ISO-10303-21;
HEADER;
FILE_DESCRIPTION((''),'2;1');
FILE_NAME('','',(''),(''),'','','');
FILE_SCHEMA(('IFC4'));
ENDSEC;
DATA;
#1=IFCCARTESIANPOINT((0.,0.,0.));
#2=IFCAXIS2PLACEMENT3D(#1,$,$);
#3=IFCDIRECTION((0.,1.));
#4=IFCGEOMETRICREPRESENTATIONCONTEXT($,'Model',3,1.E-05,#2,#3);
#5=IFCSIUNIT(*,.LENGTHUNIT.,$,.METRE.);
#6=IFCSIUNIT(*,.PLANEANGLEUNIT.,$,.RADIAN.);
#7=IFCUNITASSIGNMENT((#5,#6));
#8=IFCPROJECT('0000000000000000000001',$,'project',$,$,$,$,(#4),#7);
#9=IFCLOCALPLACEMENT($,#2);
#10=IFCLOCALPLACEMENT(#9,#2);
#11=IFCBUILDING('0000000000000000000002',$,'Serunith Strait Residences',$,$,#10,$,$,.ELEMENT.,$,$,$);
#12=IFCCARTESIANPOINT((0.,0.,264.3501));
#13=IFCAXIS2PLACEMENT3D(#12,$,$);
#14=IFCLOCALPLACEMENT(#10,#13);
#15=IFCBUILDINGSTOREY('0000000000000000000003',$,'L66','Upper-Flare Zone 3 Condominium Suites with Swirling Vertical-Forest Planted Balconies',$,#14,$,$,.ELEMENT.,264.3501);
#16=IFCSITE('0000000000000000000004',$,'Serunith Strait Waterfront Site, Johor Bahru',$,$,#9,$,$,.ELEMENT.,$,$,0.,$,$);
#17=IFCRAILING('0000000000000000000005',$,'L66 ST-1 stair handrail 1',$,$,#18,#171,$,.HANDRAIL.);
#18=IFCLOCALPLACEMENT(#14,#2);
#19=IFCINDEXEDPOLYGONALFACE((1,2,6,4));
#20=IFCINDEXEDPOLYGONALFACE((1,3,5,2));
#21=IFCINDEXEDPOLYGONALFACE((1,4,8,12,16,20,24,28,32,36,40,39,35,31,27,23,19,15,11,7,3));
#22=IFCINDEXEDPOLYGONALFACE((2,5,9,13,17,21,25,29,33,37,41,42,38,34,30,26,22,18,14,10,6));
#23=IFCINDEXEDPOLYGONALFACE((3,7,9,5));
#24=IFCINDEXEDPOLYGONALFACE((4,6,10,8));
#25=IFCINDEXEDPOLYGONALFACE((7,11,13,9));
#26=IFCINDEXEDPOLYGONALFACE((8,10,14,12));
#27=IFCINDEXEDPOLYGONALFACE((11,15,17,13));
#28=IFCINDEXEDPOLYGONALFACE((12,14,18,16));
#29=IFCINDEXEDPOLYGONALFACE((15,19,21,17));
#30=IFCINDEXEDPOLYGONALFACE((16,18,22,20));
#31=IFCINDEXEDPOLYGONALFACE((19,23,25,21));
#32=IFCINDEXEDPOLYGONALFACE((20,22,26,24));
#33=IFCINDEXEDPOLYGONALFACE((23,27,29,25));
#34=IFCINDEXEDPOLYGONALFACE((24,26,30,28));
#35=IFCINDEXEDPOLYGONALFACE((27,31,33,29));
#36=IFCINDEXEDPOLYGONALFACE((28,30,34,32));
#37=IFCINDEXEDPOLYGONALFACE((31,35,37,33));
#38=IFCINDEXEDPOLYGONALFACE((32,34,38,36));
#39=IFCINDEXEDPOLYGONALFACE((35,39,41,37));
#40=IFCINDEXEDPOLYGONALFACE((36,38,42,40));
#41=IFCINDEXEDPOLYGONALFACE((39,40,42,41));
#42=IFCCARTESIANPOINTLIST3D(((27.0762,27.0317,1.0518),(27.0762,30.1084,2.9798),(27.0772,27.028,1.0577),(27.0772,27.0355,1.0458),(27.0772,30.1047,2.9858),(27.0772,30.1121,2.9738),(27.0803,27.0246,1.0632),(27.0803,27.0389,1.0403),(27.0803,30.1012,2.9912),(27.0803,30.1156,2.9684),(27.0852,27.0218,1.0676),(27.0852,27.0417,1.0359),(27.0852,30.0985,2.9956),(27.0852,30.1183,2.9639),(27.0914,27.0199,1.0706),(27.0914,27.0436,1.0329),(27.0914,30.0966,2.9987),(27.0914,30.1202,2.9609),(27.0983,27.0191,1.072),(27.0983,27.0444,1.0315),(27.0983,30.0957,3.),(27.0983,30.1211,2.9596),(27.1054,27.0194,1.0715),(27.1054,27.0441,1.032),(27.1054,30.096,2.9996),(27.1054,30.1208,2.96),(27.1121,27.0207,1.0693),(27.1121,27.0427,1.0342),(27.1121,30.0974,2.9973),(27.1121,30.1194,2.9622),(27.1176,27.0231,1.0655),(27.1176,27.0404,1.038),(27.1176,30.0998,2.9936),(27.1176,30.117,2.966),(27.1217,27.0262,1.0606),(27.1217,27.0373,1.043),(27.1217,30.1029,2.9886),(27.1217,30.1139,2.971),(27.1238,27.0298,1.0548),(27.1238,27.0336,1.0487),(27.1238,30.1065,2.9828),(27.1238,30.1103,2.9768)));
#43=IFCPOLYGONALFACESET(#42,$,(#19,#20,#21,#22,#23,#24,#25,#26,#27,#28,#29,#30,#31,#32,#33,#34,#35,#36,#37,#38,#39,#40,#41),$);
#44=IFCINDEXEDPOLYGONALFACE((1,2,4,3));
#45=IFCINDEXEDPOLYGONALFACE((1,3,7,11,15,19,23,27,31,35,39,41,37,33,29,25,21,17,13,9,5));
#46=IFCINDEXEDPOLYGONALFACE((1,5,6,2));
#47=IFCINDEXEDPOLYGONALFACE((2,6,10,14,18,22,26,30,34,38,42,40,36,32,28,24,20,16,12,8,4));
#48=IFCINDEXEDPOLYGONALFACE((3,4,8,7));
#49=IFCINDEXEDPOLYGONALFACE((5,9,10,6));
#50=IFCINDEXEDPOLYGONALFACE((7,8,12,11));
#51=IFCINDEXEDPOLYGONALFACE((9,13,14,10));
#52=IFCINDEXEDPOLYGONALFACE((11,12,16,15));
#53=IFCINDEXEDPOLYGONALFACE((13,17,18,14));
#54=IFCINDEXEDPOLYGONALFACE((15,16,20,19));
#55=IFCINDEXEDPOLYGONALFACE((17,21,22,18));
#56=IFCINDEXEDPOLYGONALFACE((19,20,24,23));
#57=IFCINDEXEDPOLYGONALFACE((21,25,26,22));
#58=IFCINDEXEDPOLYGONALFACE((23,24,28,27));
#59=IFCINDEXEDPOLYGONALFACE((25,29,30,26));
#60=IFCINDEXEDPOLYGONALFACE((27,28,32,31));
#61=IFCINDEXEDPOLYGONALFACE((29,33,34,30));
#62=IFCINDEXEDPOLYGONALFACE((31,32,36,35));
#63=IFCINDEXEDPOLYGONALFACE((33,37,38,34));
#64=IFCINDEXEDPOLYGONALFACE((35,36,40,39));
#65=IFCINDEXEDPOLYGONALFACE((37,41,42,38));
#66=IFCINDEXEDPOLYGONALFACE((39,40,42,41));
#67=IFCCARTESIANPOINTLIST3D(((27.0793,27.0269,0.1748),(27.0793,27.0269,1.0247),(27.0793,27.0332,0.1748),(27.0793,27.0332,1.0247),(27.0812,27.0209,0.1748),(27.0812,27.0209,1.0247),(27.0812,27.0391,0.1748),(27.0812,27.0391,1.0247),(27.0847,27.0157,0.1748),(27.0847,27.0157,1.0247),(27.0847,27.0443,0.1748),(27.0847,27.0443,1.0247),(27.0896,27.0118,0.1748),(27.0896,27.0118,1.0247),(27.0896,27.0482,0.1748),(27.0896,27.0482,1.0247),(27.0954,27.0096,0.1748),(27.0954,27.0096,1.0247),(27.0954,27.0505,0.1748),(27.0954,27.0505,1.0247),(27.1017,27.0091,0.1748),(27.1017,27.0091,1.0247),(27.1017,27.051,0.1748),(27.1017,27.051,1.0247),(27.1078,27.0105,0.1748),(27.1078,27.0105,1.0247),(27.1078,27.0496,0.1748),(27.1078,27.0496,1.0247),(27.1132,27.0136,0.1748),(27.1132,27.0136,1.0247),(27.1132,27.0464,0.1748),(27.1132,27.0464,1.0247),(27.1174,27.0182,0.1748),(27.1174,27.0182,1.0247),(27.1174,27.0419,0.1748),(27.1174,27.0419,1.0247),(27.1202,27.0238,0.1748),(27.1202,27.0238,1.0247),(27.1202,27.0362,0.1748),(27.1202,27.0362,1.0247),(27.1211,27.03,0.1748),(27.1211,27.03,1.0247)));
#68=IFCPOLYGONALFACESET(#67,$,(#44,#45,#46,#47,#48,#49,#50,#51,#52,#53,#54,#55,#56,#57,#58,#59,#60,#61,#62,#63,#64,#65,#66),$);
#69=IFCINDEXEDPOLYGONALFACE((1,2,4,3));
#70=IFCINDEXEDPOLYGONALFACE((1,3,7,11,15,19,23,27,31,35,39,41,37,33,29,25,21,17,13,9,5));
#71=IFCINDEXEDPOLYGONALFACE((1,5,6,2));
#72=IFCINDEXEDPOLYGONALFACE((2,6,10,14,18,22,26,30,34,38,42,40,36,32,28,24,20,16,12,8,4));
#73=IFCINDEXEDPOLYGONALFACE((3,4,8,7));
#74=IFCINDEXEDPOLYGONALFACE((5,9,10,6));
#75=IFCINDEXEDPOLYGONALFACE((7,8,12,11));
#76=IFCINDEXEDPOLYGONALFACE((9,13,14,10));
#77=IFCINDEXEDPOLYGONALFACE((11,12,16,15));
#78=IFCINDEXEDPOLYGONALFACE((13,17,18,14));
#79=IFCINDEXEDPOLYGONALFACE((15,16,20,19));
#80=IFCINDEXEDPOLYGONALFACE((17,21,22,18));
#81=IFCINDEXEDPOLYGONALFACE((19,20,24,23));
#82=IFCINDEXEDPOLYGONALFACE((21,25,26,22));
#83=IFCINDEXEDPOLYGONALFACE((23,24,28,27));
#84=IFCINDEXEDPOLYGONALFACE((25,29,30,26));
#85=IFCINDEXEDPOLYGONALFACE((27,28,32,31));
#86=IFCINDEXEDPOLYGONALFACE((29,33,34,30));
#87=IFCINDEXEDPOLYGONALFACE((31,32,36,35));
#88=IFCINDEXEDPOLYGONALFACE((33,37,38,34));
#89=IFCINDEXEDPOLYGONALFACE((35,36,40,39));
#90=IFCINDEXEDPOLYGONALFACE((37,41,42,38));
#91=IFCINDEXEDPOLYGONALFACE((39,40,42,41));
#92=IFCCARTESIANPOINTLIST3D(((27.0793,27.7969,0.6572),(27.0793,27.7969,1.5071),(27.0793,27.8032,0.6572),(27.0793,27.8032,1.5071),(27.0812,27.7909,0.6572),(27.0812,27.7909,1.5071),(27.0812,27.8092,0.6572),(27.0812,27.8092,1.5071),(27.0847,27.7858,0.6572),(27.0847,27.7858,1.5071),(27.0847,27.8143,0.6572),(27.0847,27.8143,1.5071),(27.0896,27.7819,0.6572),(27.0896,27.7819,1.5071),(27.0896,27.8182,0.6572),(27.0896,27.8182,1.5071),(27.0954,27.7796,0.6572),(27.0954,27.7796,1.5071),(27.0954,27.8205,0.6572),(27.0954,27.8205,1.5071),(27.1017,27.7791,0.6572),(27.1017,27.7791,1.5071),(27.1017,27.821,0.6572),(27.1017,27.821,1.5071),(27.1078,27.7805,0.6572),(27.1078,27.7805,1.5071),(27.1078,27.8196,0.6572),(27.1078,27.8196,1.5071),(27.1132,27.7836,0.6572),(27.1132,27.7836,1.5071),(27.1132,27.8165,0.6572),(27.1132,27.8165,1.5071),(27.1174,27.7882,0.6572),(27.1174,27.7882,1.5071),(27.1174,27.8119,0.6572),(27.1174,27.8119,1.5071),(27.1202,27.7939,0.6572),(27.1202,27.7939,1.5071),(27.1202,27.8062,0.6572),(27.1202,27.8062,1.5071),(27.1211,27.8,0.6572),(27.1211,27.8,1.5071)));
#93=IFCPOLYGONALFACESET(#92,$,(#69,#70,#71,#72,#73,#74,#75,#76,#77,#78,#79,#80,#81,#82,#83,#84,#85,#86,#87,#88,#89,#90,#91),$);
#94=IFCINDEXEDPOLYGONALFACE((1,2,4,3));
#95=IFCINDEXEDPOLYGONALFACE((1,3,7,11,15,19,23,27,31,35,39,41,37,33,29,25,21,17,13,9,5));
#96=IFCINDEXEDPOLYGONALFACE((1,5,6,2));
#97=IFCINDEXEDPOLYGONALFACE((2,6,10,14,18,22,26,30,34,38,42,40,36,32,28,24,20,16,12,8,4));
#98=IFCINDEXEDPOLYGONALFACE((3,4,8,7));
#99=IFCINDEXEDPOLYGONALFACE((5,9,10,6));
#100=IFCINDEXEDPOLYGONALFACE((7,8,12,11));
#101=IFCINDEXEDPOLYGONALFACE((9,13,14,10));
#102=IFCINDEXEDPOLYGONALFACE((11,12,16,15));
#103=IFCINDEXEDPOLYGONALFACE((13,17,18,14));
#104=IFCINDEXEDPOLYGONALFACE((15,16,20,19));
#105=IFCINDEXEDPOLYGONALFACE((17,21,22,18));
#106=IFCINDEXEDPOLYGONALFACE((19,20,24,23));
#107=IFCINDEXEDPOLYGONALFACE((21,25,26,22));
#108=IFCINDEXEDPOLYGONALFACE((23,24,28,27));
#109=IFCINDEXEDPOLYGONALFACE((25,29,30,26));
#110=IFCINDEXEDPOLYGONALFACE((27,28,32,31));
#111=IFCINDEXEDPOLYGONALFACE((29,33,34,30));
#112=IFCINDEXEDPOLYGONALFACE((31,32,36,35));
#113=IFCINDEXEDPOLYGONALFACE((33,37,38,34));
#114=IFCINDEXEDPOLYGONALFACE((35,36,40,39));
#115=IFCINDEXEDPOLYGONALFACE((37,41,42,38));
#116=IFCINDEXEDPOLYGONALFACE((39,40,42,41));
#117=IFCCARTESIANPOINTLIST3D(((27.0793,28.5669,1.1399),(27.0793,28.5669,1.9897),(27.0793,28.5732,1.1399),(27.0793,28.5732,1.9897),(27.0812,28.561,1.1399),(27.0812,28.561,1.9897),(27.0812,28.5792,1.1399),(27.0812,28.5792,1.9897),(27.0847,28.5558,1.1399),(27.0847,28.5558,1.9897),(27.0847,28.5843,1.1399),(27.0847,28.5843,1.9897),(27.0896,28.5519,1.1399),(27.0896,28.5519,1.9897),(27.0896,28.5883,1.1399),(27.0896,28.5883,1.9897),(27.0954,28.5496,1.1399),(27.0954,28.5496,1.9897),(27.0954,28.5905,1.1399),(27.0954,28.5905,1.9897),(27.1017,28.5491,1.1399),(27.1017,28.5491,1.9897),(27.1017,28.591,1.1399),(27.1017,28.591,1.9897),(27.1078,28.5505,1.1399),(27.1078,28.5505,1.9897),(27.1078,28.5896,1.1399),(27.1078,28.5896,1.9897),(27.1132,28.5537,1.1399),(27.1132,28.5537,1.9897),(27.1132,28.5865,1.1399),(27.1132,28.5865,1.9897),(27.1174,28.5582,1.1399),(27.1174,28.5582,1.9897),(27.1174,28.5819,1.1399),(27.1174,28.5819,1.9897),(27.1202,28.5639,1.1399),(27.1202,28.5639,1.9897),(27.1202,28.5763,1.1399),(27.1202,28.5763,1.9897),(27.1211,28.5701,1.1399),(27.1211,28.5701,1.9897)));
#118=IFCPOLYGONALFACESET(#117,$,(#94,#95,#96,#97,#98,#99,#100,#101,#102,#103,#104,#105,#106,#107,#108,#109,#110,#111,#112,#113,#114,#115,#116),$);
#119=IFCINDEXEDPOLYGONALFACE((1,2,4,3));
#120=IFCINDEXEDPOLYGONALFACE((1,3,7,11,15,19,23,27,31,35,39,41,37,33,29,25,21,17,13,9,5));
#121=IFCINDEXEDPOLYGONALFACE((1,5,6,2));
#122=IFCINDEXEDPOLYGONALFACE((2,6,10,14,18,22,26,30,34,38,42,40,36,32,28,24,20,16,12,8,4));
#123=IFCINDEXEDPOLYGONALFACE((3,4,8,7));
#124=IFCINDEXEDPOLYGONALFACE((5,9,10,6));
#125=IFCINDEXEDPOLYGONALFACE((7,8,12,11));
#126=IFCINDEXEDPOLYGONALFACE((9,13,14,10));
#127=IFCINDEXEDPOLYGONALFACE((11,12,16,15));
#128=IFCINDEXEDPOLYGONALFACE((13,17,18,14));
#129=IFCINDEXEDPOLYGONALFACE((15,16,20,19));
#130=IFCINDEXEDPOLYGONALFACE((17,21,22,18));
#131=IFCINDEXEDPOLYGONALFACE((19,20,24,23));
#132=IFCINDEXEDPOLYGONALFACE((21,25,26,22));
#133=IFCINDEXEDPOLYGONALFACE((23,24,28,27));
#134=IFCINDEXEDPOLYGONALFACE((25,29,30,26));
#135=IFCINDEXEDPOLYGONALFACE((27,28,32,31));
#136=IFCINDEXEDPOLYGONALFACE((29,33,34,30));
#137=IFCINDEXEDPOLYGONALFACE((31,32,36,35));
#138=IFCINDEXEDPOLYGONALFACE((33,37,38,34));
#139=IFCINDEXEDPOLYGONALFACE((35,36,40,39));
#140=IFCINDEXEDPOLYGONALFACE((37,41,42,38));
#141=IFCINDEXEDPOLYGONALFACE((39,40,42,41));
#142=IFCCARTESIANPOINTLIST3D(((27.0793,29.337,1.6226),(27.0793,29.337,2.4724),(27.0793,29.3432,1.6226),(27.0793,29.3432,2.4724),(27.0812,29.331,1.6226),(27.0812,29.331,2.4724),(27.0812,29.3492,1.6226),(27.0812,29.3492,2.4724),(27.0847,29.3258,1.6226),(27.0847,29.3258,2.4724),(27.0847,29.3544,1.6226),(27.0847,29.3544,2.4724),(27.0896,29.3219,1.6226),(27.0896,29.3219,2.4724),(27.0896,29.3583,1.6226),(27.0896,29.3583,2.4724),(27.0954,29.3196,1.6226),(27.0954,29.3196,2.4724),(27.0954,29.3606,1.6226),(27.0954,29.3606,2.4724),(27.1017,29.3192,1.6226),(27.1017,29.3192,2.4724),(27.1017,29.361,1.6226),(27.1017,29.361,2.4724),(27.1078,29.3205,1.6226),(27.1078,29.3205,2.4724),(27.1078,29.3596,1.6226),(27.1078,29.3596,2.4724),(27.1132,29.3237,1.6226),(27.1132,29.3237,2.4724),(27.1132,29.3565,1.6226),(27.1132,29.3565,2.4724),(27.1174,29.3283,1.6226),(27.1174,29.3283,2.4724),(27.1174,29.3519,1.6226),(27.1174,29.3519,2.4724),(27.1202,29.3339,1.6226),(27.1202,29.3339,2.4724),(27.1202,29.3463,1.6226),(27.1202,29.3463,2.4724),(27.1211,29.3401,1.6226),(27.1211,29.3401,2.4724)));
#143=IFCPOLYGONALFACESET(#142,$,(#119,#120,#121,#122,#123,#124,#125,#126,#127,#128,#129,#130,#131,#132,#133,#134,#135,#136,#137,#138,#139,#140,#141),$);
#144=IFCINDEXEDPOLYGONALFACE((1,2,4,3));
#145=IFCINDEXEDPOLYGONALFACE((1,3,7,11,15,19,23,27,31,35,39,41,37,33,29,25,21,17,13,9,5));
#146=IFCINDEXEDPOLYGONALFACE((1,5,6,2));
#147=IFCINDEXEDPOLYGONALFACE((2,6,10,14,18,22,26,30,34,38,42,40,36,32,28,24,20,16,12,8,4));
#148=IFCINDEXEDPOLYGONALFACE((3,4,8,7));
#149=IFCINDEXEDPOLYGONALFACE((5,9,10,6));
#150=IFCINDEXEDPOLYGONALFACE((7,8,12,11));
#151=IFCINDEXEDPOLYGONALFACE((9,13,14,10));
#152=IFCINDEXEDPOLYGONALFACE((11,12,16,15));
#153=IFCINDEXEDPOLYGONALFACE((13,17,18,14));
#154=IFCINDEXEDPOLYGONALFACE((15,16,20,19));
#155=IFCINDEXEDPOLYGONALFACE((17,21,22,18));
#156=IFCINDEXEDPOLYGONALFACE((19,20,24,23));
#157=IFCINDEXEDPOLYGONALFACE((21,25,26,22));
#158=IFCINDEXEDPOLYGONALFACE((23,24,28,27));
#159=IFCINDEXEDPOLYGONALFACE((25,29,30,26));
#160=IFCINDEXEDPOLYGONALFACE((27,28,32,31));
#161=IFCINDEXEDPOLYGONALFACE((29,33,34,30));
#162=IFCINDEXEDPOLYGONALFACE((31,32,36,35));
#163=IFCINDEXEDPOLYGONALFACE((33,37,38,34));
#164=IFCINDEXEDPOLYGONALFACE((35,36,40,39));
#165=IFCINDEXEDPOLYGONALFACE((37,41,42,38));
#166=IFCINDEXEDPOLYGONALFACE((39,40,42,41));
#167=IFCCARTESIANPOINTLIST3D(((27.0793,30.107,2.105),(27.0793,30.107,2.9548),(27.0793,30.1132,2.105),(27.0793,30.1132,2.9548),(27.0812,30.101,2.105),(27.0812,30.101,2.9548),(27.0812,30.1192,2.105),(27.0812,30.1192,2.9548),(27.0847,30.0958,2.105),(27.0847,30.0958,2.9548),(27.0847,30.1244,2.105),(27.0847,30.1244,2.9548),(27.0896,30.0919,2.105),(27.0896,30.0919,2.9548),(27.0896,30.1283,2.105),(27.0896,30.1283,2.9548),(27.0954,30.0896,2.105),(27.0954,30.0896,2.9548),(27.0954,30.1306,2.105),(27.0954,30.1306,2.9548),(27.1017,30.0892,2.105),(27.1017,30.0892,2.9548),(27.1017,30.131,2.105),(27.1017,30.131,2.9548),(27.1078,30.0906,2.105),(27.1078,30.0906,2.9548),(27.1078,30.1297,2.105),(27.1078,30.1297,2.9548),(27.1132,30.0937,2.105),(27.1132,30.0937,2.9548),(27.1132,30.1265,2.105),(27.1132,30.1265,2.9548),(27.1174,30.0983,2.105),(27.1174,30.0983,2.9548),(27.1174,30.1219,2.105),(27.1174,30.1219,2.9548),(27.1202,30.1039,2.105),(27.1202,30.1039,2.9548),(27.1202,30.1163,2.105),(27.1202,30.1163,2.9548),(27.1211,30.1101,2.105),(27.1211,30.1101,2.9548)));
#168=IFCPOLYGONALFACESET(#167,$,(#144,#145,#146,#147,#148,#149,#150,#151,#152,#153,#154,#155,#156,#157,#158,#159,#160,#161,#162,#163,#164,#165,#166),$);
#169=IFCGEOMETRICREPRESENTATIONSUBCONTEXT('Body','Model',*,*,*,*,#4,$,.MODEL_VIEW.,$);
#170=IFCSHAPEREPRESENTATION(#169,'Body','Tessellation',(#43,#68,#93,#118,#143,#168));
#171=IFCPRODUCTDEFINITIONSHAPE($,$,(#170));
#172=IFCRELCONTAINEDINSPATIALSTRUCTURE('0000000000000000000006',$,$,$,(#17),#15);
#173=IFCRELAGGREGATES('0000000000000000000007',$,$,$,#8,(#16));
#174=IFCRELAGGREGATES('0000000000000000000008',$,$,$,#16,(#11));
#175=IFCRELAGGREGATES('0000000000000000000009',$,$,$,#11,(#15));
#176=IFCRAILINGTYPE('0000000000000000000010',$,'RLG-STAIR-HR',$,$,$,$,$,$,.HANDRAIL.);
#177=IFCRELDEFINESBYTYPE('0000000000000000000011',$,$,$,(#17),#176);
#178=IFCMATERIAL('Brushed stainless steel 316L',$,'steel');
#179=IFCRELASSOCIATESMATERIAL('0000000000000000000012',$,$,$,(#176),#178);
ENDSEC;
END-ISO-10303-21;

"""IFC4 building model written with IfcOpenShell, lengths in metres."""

from ifc_helpers import new_model, si_unit, direction, frame, origin, origin_2d, place, context, subcontext, project, spatial, circle, extrude, material, type_object, element, save


model = new_model("IFC4")

# Units and contexts
model_context = context("Model", 3, precision=1e-05, world=origin(), true_north=direction((0.0, 1.0)))
body_context = subcontext(model_context, "Body", "Model", "MODEL_VIEW")
ifc_project = project(units=[si_unit("LENGTHUNIT", "METRE"), si_unit("PLANEANGLEUNIT", "RADIAN")], contexts=[model_context])

# Site, building, storey
site_placement = place(None, origin())
site = spatial("IfcSite", under=ifc_project, at=site_placement, Name="Serunith Strait Waterfront Site, Johor Bahru", CompositionType="ELEMENT", RefElevation=0.0)
building_placement = place(site_placement, origin())
building = spatial("IfcBuilding", under=site, at=building_placement, Name="Serunith Strait Residences", CompositionType="ELEMENT")
storey_placement = place(building_placement, frame((0.0, 0.0, 264.3501)))
storey = spatial("IfcBuildingStorey", under=building, at=storey_placement, Name="L66", Description="Upper-Flare Zone 3 Condominium Suites with Swirling Vertical-Forest Planted Balconies", CompositionType="ELEMENT", Elevation=264.3501)

# Railing
ifc_material_1 = material(Name="Brushed stainless steel 316L", Category="steel")
railing_type_1 = type_object("IfcRailingType", Name="RLG-STAIR-HR", PredefinedType="HANDRAIL", material=ifc_material_1)
railing_1_placement = place(storey_placement, frame((27.1001, 27.03, 0.1748)))
element("IfcRailing", 1, at=railing_1_placement, inside=storey, type_object=railing_type_1, Name="L66 ST-1 stair handrail 1", PredefinedType="HANDRAIL", context=body_context, shape_type="SweptSolid", body=[
    extrude(circle(Radius=0.0239, at=origin_2d()), frame((0.0, 0.0017, 0.877), z_axis=(0.0, 0.847364, 0.531013), x_axis=(-1.0, 0.0, 0.0)), (0.0, 0.0, 1.0), 3.6309),
    extrude(circle(Radius=0.021, at=origin_2d()), origin(), (0.0, 0.0, 1.0), 0.8499),
    extrude(circle(Radius=0.021, at=origin_2d()), frame((0.0, 0.77, 0.4824)), (0.0, 0.0, 1.0), 0.8499),
    extrude(circle(Radius=0.021, at=origin_2d()), frame((0.0, 1.54, 0.9651)), (0.0, 0.0, 1.0), 0.8499),
    extrude(circle(Radius=0.021, at=origin_2d()), frame((0.0, 2.3101, 1.4478)), (0.0, 0.0, 1.0), 0.8499),
    extrude(circle(Radius=0.021, at=origin_2d()), frame((0.0, 3.0801, 1.9302)), (0.0, 0.0, 1.0), 0.8499),
])

save(model, "model.ifc")
